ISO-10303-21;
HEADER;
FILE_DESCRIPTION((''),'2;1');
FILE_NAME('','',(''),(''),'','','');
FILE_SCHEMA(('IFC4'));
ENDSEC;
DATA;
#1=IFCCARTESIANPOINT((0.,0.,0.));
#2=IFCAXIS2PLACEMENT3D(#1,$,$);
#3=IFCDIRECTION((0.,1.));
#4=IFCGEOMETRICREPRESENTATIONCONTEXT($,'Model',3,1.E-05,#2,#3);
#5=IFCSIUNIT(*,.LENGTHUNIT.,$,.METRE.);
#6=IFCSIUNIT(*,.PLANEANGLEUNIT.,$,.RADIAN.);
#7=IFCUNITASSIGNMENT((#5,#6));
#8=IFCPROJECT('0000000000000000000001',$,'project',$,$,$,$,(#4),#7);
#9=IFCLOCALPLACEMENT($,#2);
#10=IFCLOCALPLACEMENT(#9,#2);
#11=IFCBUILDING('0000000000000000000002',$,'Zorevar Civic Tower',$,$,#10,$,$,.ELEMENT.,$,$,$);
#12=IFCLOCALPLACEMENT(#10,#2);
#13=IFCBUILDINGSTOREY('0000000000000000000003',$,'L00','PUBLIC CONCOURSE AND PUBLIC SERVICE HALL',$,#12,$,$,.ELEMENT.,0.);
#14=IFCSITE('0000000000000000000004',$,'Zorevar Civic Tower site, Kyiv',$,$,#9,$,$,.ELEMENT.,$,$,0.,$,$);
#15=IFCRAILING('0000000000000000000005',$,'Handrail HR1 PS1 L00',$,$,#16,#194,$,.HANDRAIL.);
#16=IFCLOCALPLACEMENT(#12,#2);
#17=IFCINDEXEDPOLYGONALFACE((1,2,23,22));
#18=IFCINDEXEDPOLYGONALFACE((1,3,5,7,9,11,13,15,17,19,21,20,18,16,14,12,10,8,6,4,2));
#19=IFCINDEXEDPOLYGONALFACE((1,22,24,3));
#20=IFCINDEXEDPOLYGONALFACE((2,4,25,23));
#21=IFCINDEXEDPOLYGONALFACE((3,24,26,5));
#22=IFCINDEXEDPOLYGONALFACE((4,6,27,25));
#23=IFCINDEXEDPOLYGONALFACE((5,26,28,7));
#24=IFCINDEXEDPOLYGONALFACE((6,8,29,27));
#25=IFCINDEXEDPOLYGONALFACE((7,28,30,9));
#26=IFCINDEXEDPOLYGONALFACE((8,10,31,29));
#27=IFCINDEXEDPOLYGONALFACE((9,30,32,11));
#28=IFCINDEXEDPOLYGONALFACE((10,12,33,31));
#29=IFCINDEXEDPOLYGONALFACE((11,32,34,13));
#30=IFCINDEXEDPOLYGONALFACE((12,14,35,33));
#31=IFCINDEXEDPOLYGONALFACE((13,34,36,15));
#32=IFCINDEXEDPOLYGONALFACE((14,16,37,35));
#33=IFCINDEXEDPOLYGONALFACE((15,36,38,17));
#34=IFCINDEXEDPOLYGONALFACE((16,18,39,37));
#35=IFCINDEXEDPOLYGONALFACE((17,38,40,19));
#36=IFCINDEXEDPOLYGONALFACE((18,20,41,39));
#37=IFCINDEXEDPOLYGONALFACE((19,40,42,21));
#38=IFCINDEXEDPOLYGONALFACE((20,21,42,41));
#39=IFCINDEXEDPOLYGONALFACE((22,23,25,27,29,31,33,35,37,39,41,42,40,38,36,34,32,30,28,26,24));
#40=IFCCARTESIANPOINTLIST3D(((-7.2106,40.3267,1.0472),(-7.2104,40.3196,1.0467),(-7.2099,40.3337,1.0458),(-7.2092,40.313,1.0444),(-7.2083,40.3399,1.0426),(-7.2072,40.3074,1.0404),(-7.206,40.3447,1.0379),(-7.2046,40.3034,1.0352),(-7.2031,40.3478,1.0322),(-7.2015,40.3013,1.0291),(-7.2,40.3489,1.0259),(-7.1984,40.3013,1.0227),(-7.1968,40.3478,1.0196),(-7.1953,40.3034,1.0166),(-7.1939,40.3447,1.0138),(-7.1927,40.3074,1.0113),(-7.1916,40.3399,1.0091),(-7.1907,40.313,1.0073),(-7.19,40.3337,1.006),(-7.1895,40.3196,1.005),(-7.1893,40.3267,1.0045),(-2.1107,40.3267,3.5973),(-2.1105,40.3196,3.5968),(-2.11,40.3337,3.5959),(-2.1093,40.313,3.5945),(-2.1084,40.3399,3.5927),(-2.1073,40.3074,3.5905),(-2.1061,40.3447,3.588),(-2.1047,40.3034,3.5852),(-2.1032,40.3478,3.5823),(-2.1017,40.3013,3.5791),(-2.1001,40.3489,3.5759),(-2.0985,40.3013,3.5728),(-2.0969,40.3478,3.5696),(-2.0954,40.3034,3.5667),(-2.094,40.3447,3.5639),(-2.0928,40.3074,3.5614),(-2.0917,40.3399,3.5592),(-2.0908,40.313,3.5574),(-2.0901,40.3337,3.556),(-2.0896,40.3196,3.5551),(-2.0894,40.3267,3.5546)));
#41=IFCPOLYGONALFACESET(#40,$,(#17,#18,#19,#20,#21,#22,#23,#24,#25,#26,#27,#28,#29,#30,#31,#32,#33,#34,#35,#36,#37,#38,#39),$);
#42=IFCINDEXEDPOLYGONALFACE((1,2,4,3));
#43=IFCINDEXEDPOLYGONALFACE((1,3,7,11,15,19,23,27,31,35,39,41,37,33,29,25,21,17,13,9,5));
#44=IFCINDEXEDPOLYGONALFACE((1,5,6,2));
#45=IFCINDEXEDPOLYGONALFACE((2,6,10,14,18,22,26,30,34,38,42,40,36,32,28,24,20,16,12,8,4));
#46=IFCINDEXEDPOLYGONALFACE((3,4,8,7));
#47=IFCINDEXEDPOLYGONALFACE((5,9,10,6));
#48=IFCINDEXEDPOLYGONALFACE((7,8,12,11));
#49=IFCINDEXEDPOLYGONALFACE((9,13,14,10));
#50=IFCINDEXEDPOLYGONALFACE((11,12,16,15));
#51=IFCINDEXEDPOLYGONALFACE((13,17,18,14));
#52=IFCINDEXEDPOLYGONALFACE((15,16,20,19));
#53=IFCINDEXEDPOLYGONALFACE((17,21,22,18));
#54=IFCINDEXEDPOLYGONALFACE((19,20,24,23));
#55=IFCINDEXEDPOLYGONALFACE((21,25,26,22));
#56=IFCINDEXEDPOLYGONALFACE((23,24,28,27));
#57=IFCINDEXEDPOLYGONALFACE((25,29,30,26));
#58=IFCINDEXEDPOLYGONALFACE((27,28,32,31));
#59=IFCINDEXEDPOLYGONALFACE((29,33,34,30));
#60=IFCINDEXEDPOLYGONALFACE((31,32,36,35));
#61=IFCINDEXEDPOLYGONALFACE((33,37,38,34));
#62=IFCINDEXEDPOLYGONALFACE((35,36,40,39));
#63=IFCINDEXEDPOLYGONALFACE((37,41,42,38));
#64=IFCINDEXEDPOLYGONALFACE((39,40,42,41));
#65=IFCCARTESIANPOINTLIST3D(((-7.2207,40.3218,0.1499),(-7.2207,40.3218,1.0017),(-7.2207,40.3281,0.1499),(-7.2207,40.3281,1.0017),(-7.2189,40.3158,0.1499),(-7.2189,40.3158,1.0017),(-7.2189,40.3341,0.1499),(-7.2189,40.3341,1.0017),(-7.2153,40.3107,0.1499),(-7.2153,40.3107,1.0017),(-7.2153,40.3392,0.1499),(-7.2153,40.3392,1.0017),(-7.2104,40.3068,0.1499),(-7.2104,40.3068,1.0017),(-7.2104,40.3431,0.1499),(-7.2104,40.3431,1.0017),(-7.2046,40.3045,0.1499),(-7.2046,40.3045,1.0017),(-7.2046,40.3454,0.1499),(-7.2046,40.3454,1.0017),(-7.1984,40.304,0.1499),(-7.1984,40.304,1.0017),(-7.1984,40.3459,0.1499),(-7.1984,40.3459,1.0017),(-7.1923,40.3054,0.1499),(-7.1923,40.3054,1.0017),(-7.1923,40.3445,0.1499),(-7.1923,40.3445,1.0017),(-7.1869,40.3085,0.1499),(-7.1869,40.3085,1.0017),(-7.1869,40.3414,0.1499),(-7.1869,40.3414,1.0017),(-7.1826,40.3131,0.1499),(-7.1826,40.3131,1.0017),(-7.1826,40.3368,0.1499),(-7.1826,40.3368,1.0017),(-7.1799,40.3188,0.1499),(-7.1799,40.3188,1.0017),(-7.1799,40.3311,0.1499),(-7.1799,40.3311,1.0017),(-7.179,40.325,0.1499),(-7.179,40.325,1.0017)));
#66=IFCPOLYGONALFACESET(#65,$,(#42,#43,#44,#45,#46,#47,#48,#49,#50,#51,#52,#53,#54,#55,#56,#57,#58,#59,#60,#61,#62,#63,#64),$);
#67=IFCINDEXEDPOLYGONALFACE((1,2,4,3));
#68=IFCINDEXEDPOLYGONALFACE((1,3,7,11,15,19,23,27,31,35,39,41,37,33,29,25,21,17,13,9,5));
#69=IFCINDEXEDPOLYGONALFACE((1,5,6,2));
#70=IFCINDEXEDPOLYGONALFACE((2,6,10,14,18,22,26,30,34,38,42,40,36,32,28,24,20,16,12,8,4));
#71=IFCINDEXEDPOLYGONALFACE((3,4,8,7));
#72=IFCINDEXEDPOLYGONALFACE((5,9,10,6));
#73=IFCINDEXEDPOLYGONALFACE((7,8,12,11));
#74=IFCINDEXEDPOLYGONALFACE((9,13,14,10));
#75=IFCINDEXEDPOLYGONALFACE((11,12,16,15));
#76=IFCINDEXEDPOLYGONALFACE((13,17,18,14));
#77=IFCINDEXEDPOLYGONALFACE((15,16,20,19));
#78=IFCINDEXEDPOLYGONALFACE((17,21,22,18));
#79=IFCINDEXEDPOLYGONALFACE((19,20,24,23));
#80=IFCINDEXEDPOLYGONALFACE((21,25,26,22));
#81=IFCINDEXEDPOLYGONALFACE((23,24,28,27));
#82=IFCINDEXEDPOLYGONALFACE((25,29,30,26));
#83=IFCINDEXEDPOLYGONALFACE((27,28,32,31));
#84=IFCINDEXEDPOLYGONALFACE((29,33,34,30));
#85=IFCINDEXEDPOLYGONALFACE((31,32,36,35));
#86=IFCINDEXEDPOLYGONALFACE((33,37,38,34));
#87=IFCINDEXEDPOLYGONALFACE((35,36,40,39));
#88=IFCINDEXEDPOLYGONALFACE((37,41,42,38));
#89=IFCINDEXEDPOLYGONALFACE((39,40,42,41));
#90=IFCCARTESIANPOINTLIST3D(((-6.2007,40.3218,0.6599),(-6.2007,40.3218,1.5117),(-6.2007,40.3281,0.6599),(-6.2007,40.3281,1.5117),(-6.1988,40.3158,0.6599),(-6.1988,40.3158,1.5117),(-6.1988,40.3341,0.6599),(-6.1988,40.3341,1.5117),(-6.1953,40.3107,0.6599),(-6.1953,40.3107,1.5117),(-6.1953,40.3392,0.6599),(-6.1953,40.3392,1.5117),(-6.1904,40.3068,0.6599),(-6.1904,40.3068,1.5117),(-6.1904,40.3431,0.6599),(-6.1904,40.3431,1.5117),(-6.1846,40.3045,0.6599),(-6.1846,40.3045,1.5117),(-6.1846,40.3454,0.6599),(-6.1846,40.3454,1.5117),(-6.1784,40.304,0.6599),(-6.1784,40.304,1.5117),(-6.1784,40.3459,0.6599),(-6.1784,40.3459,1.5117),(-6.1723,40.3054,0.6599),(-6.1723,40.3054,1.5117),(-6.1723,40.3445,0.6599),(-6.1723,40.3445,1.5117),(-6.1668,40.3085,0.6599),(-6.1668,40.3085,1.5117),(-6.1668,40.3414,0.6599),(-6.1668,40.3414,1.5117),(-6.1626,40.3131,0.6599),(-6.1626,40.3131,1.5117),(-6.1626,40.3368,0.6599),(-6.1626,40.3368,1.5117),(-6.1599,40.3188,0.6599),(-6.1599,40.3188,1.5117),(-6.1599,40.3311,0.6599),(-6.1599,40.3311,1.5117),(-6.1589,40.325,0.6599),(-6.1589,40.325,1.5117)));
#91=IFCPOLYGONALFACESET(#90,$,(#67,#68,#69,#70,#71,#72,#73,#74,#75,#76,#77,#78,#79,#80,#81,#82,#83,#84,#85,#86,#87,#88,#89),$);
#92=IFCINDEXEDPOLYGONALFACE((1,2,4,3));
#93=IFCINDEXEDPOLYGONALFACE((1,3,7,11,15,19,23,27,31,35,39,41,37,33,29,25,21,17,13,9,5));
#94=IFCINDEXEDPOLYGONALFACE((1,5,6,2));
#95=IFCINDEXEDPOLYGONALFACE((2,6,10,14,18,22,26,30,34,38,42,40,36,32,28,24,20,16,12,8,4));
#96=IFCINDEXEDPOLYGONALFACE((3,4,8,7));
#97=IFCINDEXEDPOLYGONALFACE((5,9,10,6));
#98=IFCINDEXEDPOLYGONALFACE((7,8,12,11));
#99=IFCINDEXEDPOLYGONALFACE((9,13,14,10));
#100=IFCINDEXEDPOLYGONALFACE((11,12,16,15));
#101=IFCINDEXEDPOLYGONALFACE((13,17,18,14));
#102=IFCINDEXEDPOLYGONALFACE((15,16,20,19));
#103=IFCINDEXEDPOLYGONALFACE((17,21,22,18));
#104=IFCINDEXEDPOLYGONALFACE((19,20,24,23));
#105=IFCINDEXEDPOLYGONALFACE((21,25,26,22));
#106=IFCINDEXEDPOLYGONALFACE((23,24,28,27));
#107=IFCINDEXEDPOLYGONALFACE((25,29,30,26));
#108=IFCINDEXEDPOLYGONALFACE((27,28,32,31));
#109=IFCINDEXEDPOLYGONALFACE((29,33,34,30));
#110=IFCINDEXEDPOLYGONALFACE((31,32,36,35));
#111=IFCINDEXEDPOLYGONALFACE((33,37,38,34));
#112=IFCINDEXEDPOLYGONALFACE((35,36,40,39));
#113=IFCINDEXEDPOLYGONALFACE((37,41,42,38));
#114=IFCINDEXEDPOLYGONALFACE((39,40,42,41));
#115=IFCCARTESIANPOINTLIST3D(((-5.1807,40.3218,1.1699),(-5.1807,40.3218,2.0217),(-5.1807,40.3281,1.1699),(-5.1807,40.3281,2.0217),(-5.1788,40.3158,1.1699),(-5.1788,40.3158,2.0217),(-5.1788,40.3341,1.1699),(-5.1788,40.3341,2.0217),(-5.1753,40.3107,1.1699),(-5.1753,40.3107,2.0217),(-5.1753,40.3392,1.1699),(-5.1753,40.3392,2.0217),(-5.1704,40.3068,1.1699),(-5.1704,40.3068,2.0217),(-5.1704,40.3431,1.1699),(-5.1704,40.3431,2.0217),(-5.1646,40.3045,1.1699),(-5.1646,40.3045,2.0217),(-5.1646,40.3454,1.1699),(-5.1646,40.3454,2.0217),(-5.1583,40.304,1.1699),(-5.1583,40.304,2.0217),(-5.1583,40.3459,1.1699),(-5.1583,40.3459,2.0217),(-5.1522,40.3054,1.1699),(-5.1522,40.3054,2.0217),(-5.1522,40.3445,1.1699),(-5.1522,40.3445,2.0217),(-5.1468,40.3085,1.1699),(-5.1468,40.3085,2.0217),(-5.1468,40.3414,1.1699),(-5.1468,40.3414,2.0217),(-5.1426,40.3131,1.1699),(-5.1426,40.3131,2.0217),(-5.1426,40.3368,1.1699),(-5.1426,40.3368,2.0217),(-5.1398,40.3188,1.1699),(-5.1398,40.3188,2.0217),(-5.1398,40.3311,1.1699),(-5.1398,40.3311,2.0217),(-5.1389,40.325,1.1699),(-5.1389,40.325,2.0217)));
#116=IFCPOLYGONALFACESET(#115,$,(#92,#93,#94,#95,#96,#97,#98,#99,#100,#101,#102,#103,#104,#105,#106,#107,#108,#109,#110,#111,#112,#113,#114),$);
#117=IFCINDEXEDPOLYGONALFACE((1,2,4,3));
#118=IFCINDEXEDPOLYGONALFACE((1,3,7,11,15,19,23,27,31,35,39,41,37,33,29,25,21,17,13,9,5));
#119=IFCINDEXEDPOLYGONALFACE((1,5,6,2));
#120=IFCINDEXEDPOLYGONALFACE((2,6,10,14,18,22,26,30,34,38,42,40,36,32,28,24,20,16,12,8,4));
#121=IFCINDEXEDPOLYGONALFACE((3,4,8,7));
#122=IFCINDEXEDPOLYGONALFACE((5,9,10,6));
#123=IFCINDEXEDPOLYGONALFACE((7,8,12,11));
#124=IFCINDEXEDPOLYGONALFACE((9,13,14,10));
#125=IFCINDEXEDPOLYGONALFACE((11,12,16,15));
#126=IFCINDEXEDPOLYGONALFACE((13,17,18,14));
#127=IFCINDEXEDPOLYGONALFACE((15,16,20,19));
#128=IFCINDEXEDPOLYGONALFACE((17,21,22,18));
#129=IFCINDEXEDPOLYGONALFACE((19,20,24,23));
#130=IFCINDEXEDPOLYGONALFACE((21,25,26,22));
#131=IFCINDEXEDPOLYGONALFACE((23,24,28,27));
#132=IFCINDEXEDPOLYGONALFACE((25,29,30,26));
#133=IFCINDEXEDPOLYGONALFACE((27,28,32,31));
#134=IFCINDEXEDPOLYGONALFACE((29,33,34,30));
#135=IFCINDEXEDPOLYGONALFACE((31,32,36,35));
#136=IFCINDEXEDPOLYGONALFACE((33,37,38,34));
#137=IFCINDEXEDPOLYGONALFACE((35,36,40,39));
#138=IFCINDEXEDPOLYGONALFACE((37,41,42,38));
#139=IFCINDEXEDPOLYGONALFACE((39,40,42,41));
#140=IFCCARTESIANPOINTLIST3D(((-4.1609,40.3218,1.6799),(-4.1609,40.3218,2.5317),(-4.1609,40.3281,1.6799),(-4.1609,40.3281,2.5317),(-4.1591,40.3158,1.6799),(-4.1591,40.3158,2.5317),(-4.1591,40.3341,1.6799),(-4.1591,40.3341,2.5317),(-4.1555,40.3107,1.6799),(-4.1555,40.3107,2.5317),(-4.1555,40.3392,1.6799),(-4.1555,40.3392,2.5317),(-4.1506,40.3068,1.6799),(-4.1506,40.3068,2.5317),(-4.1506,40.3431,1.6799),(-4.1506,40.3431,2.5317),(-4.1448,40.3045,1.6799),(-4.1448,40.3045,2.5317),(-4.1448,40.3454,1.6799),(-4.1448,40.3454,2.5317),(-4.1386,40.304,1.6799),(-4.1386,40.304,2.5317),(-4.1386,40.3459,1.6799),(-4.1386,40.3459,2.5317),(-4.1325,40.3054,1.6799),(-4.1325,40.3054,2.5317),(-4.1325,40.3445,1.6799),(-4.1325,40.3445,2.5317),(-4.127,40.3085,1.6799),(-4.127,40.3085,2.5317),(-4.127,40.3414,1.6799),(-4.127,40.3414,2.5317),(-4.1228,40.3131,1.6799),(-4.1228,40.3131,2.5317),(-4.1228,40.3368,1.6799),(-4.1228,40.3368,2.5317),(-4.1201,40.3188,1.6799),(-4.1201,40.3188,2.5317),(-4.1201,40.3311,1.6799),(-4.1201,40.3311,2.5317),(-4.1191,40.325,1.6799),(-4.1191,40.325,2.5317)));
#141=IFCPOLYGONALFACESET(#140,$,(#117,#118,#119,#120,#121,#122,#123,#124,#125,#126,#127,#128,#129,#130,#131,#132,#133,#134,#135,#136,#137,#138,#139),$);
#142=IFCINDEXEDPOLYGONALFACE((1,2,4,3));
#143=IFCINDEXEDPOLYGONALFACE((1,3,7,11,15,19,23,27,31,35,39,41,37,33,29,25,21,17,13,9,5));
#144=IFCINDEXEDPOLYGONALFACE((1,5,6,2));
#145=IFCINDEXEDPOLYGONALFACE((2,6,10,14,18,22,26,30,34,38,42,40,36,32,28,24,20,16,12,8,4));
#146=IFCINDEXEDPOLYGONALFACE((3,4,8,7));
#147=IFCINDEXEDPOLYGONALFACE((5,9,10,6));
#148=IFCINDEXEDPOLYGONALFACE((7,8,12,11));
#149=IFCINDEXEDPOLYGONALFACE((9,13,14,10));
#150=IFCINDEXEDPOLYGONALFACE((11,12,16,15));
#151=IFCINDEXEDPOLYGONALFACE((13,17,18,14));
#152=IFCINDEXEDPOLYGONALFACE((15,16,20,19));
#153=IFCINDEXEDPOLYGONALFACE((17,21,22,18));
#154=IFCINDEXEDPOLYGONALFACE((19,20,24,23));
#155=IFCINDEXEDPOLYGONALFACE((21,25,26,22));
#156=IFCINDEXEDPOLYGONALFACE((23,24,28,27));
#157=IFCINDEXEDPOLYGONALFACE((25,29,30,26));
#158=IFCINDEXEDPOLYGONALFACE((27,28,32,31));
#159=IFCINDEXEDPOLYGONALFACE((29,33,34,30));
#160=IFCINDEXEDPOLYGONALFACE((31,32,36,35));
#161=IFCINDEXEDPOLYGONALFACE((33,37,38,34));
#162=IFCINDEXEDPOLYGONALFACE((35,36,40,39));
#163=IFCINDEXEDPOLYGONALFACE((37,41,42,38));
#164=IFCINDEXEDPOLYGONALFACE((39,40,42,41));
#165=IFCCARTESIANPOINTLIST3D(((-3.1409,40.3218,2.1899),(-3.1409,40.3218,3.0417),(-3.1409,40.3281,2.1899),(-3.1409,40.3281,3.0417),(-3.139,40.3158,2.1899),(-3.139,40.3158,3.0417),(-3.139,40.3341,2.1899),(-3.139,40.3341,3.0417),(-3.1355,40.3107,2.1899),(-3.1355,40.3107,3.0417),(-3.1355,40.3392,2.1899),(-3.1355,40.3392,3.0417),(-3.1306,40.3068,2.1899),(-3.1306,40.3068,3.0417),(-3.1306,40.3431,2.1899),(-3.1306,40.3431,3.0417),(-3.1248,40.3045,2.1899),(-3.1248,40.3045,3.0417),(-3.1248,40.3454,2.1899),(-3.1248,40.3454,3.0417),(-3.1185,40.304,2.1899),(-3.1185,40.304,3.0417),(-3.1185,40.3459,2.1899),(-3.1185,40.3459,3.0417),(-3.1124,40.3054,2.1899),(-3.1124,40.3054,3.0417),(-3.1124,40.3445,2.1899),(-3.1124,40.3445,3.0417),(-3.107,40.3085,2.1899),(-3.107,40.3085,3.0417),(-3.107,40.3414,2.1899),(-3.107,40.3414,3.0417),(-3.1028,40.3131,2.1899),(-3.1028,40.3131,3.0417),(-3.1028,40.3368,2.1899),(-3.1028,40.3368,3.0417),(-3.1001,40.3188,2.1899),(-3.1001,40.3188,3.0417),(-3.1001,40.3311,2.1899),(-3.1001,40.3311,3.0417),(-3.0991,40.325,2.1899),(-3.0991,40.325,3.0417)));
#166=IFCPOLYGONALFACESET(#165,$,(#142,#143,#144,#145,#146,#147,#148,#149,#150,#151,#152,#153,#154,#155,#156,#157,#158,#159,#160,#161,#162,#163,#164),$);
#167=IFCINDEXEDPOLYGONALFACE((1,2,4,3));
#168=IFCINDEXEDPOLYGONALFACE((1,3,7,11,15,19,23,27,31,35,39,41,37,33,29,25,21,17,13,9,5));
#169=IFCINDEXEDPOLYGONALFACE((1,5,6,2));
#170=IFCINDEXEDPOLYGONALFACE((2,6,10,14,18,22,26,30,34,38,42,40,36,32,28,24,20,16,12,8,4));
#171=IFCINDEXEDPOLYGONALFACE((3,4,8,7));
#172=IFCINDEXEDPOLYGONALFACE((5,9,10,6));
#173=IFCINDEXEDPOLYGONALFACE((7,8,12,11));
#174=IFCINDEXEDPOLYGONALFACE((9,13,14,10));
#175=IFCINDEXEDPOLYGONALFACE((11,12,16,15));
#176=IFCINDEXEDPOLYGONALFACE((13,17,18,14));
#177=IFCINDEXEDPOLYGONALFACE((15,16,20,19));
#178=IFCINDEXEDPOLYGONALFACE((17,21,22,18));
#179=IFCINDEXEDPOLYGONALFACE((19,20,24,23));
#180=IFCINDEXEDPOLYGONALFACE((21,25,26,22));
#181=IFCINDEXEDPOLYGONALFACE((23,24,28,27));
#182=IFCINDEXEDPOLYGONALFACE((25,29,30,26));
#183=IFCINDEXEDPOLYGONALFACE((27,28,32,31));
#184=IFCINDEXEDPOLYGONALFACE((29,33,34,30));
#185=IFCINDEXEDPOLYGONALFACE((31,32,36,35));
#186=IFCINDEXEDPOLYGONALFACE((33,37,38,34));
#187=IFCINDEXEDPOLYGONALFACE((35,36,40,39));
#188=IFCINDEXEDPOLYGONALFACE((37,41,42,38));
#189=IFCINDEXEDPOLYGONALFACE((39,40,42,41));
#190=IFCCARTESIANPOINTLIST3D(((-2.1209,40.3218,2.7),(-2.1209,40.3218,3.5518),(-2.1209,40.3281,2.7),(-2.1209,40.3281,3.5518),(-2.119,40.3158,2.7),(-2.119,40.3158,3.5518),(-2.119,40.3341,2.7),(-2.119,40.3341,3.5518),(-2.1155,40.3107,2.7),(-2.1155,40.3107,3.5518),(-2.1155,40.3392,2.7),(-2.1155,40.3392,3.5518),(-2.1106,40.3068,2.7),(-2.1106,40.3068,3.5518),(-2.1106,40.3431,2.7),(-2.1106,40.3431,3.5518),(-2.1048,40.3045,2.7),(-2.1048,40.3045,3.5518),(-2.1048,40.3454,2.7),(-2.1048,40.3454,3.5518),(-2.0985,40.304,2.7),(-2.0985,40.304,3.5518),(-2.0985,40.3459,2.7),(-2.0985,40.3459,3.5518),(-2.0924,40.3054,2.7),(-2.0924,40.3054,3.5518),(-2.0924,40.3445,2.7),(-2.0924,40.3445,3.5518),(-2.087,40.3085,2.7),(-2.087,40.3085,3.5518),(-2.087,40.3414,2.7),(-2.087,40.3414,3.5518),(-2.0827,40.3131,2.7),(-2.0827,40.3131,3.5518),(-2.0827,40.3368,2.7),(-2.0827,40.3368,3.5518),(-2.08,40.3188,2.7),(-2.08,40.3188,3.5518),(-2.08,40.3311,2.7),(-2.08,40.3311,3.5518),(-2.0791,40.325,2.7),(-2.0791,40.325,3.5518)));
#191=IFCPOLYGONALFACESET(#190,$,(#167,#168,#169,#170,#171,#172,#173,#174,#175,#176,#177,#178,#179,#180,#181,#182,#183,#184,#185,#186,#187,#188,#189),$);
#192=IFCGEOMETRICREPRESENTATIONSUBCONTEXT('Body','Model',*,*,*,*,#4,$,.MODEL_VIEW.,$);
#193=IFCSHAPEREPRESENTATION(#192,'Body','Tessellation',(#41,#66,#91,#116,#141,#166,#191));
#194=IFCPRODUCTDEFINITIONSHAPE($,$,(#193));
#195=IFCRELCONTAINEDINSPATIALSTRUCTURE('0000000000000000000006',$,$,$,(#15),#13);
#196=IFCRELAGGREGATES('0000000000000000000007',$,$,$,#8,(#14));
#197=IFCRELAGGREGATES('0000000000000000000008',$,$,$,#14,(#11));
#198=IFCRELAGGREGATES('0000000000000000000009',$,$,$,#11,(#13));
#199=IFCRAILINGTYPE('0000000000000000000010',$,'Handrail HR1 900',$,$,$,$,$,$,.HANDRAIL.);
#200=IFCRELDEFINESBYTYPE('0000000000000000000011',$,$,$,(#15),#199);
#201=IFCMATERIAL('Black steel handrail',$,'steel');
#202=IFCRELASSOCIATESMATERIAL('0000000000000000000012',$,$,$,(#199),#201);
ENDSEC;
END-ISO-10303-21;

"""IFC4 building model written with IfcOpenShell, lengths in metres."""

from ifc_helpers import new_model, si_unit, direction, frame, origin, origin_2d, place, context, subcontext, project, spatial, circle, extrude, material, type_object, element, save


model = new_model("IFC4")

# Units and contexts
model_context = context("Model", 3, precision=1e-05, world=origin(), true_north=direction((0.0, 1.0)))
body_context = subcontext(model_context, "Body", "Model", "MODEL_VIEW")
ifc_project = project(units=[si_unit("LENGTHUNIT", "METRE"), si_unit("PLANEANGLEUNIT", "RADIAN")], contexts=[model_context])

# Site, building, storey
site_placement = place(None, origin())
site = spatial("IfcSite", under=ifc_project, at=site_placement, Name="Zorevar Civic Tower site, Kyiv", CompositionType="ELEMENT", RefElevation=0.0)
building_placement = place(site_placement, origin())
building = spatial("IfcBuilding", under=site, at=building_placement, Name="Zorevar Civic Tower", CompositionType="ELEMENT")
storey_placement = place(building_placement, origin())
storey = spatial("IfcBuildingStorey", under=building, at=storey_placement, Name="L00", Description="PUBLIC CONCOURSE AND PUBLIC SERVICE HALL", CompositionType="ELEMENT", Elevation=0.0)

# Railing
ifc_material_1 = material(Name="Black steel handrail", Category="steel")
railing_type = type_object("IfcRailingType", Name="Handrail HR1 900", PredefinedType="HANDRAIL", material=ifc_material_1)
railing_1_placement = place(storey_placement, frame((-7.2, 40.325, 0.1499)))
element("IfcRailing", 1, at=railing_1_placement, inside=storey, type_object=railing_type, Name="Handrail HR1 PS1 L00", PredefinedType="HANDRAIL", context=body_context, shape_type="SweptSolid", body=[
    extrude(circle(Radius=0.0239, at=origin_2d()), frame((0.0, 0.0, 0.876), z_axis=(0.894419, 0.0, 0.447231), x_axis=(0.0, 1.0, 0.0)), (0.0, 0.0, 1.0), 5.7019),
    extrude(circle(Radius=0.021, at=origin_2d()), origin(), (0.0, 0.0, 1.0), 0.8518),
    extrude(circle(Radius=0.021, at=origin_2d()), frame((1.02, 0.0, 0.51)), (0.0, 0.0, 1.0), 0.8518),
    extrude(circle(Radius=0.021, at=origin_2d()), frame((2.04, 0.0, 1.02)), (0.0, 0.0, 1.0), 0.8518),
    extrude(circle(Radius=0.021, at=origin_2d()), frame((3.0598, 0.0, 1.53)), (0.0, 0.0, 1.0), 0.8518),
    extrude(circle(Radius=0.021, at=origin_2d()), frame((4.0798, 0.0, 2.04)), (0.0, 0.0, 1.0), 0.8518),
    extrude(circle(Radius=0.021, at=origin_2d()), frame((5.0999, 0.0, 2.55)), (0.0, 0.0, 1.0), 0.8518),
])

save(model, "model.ifc")
